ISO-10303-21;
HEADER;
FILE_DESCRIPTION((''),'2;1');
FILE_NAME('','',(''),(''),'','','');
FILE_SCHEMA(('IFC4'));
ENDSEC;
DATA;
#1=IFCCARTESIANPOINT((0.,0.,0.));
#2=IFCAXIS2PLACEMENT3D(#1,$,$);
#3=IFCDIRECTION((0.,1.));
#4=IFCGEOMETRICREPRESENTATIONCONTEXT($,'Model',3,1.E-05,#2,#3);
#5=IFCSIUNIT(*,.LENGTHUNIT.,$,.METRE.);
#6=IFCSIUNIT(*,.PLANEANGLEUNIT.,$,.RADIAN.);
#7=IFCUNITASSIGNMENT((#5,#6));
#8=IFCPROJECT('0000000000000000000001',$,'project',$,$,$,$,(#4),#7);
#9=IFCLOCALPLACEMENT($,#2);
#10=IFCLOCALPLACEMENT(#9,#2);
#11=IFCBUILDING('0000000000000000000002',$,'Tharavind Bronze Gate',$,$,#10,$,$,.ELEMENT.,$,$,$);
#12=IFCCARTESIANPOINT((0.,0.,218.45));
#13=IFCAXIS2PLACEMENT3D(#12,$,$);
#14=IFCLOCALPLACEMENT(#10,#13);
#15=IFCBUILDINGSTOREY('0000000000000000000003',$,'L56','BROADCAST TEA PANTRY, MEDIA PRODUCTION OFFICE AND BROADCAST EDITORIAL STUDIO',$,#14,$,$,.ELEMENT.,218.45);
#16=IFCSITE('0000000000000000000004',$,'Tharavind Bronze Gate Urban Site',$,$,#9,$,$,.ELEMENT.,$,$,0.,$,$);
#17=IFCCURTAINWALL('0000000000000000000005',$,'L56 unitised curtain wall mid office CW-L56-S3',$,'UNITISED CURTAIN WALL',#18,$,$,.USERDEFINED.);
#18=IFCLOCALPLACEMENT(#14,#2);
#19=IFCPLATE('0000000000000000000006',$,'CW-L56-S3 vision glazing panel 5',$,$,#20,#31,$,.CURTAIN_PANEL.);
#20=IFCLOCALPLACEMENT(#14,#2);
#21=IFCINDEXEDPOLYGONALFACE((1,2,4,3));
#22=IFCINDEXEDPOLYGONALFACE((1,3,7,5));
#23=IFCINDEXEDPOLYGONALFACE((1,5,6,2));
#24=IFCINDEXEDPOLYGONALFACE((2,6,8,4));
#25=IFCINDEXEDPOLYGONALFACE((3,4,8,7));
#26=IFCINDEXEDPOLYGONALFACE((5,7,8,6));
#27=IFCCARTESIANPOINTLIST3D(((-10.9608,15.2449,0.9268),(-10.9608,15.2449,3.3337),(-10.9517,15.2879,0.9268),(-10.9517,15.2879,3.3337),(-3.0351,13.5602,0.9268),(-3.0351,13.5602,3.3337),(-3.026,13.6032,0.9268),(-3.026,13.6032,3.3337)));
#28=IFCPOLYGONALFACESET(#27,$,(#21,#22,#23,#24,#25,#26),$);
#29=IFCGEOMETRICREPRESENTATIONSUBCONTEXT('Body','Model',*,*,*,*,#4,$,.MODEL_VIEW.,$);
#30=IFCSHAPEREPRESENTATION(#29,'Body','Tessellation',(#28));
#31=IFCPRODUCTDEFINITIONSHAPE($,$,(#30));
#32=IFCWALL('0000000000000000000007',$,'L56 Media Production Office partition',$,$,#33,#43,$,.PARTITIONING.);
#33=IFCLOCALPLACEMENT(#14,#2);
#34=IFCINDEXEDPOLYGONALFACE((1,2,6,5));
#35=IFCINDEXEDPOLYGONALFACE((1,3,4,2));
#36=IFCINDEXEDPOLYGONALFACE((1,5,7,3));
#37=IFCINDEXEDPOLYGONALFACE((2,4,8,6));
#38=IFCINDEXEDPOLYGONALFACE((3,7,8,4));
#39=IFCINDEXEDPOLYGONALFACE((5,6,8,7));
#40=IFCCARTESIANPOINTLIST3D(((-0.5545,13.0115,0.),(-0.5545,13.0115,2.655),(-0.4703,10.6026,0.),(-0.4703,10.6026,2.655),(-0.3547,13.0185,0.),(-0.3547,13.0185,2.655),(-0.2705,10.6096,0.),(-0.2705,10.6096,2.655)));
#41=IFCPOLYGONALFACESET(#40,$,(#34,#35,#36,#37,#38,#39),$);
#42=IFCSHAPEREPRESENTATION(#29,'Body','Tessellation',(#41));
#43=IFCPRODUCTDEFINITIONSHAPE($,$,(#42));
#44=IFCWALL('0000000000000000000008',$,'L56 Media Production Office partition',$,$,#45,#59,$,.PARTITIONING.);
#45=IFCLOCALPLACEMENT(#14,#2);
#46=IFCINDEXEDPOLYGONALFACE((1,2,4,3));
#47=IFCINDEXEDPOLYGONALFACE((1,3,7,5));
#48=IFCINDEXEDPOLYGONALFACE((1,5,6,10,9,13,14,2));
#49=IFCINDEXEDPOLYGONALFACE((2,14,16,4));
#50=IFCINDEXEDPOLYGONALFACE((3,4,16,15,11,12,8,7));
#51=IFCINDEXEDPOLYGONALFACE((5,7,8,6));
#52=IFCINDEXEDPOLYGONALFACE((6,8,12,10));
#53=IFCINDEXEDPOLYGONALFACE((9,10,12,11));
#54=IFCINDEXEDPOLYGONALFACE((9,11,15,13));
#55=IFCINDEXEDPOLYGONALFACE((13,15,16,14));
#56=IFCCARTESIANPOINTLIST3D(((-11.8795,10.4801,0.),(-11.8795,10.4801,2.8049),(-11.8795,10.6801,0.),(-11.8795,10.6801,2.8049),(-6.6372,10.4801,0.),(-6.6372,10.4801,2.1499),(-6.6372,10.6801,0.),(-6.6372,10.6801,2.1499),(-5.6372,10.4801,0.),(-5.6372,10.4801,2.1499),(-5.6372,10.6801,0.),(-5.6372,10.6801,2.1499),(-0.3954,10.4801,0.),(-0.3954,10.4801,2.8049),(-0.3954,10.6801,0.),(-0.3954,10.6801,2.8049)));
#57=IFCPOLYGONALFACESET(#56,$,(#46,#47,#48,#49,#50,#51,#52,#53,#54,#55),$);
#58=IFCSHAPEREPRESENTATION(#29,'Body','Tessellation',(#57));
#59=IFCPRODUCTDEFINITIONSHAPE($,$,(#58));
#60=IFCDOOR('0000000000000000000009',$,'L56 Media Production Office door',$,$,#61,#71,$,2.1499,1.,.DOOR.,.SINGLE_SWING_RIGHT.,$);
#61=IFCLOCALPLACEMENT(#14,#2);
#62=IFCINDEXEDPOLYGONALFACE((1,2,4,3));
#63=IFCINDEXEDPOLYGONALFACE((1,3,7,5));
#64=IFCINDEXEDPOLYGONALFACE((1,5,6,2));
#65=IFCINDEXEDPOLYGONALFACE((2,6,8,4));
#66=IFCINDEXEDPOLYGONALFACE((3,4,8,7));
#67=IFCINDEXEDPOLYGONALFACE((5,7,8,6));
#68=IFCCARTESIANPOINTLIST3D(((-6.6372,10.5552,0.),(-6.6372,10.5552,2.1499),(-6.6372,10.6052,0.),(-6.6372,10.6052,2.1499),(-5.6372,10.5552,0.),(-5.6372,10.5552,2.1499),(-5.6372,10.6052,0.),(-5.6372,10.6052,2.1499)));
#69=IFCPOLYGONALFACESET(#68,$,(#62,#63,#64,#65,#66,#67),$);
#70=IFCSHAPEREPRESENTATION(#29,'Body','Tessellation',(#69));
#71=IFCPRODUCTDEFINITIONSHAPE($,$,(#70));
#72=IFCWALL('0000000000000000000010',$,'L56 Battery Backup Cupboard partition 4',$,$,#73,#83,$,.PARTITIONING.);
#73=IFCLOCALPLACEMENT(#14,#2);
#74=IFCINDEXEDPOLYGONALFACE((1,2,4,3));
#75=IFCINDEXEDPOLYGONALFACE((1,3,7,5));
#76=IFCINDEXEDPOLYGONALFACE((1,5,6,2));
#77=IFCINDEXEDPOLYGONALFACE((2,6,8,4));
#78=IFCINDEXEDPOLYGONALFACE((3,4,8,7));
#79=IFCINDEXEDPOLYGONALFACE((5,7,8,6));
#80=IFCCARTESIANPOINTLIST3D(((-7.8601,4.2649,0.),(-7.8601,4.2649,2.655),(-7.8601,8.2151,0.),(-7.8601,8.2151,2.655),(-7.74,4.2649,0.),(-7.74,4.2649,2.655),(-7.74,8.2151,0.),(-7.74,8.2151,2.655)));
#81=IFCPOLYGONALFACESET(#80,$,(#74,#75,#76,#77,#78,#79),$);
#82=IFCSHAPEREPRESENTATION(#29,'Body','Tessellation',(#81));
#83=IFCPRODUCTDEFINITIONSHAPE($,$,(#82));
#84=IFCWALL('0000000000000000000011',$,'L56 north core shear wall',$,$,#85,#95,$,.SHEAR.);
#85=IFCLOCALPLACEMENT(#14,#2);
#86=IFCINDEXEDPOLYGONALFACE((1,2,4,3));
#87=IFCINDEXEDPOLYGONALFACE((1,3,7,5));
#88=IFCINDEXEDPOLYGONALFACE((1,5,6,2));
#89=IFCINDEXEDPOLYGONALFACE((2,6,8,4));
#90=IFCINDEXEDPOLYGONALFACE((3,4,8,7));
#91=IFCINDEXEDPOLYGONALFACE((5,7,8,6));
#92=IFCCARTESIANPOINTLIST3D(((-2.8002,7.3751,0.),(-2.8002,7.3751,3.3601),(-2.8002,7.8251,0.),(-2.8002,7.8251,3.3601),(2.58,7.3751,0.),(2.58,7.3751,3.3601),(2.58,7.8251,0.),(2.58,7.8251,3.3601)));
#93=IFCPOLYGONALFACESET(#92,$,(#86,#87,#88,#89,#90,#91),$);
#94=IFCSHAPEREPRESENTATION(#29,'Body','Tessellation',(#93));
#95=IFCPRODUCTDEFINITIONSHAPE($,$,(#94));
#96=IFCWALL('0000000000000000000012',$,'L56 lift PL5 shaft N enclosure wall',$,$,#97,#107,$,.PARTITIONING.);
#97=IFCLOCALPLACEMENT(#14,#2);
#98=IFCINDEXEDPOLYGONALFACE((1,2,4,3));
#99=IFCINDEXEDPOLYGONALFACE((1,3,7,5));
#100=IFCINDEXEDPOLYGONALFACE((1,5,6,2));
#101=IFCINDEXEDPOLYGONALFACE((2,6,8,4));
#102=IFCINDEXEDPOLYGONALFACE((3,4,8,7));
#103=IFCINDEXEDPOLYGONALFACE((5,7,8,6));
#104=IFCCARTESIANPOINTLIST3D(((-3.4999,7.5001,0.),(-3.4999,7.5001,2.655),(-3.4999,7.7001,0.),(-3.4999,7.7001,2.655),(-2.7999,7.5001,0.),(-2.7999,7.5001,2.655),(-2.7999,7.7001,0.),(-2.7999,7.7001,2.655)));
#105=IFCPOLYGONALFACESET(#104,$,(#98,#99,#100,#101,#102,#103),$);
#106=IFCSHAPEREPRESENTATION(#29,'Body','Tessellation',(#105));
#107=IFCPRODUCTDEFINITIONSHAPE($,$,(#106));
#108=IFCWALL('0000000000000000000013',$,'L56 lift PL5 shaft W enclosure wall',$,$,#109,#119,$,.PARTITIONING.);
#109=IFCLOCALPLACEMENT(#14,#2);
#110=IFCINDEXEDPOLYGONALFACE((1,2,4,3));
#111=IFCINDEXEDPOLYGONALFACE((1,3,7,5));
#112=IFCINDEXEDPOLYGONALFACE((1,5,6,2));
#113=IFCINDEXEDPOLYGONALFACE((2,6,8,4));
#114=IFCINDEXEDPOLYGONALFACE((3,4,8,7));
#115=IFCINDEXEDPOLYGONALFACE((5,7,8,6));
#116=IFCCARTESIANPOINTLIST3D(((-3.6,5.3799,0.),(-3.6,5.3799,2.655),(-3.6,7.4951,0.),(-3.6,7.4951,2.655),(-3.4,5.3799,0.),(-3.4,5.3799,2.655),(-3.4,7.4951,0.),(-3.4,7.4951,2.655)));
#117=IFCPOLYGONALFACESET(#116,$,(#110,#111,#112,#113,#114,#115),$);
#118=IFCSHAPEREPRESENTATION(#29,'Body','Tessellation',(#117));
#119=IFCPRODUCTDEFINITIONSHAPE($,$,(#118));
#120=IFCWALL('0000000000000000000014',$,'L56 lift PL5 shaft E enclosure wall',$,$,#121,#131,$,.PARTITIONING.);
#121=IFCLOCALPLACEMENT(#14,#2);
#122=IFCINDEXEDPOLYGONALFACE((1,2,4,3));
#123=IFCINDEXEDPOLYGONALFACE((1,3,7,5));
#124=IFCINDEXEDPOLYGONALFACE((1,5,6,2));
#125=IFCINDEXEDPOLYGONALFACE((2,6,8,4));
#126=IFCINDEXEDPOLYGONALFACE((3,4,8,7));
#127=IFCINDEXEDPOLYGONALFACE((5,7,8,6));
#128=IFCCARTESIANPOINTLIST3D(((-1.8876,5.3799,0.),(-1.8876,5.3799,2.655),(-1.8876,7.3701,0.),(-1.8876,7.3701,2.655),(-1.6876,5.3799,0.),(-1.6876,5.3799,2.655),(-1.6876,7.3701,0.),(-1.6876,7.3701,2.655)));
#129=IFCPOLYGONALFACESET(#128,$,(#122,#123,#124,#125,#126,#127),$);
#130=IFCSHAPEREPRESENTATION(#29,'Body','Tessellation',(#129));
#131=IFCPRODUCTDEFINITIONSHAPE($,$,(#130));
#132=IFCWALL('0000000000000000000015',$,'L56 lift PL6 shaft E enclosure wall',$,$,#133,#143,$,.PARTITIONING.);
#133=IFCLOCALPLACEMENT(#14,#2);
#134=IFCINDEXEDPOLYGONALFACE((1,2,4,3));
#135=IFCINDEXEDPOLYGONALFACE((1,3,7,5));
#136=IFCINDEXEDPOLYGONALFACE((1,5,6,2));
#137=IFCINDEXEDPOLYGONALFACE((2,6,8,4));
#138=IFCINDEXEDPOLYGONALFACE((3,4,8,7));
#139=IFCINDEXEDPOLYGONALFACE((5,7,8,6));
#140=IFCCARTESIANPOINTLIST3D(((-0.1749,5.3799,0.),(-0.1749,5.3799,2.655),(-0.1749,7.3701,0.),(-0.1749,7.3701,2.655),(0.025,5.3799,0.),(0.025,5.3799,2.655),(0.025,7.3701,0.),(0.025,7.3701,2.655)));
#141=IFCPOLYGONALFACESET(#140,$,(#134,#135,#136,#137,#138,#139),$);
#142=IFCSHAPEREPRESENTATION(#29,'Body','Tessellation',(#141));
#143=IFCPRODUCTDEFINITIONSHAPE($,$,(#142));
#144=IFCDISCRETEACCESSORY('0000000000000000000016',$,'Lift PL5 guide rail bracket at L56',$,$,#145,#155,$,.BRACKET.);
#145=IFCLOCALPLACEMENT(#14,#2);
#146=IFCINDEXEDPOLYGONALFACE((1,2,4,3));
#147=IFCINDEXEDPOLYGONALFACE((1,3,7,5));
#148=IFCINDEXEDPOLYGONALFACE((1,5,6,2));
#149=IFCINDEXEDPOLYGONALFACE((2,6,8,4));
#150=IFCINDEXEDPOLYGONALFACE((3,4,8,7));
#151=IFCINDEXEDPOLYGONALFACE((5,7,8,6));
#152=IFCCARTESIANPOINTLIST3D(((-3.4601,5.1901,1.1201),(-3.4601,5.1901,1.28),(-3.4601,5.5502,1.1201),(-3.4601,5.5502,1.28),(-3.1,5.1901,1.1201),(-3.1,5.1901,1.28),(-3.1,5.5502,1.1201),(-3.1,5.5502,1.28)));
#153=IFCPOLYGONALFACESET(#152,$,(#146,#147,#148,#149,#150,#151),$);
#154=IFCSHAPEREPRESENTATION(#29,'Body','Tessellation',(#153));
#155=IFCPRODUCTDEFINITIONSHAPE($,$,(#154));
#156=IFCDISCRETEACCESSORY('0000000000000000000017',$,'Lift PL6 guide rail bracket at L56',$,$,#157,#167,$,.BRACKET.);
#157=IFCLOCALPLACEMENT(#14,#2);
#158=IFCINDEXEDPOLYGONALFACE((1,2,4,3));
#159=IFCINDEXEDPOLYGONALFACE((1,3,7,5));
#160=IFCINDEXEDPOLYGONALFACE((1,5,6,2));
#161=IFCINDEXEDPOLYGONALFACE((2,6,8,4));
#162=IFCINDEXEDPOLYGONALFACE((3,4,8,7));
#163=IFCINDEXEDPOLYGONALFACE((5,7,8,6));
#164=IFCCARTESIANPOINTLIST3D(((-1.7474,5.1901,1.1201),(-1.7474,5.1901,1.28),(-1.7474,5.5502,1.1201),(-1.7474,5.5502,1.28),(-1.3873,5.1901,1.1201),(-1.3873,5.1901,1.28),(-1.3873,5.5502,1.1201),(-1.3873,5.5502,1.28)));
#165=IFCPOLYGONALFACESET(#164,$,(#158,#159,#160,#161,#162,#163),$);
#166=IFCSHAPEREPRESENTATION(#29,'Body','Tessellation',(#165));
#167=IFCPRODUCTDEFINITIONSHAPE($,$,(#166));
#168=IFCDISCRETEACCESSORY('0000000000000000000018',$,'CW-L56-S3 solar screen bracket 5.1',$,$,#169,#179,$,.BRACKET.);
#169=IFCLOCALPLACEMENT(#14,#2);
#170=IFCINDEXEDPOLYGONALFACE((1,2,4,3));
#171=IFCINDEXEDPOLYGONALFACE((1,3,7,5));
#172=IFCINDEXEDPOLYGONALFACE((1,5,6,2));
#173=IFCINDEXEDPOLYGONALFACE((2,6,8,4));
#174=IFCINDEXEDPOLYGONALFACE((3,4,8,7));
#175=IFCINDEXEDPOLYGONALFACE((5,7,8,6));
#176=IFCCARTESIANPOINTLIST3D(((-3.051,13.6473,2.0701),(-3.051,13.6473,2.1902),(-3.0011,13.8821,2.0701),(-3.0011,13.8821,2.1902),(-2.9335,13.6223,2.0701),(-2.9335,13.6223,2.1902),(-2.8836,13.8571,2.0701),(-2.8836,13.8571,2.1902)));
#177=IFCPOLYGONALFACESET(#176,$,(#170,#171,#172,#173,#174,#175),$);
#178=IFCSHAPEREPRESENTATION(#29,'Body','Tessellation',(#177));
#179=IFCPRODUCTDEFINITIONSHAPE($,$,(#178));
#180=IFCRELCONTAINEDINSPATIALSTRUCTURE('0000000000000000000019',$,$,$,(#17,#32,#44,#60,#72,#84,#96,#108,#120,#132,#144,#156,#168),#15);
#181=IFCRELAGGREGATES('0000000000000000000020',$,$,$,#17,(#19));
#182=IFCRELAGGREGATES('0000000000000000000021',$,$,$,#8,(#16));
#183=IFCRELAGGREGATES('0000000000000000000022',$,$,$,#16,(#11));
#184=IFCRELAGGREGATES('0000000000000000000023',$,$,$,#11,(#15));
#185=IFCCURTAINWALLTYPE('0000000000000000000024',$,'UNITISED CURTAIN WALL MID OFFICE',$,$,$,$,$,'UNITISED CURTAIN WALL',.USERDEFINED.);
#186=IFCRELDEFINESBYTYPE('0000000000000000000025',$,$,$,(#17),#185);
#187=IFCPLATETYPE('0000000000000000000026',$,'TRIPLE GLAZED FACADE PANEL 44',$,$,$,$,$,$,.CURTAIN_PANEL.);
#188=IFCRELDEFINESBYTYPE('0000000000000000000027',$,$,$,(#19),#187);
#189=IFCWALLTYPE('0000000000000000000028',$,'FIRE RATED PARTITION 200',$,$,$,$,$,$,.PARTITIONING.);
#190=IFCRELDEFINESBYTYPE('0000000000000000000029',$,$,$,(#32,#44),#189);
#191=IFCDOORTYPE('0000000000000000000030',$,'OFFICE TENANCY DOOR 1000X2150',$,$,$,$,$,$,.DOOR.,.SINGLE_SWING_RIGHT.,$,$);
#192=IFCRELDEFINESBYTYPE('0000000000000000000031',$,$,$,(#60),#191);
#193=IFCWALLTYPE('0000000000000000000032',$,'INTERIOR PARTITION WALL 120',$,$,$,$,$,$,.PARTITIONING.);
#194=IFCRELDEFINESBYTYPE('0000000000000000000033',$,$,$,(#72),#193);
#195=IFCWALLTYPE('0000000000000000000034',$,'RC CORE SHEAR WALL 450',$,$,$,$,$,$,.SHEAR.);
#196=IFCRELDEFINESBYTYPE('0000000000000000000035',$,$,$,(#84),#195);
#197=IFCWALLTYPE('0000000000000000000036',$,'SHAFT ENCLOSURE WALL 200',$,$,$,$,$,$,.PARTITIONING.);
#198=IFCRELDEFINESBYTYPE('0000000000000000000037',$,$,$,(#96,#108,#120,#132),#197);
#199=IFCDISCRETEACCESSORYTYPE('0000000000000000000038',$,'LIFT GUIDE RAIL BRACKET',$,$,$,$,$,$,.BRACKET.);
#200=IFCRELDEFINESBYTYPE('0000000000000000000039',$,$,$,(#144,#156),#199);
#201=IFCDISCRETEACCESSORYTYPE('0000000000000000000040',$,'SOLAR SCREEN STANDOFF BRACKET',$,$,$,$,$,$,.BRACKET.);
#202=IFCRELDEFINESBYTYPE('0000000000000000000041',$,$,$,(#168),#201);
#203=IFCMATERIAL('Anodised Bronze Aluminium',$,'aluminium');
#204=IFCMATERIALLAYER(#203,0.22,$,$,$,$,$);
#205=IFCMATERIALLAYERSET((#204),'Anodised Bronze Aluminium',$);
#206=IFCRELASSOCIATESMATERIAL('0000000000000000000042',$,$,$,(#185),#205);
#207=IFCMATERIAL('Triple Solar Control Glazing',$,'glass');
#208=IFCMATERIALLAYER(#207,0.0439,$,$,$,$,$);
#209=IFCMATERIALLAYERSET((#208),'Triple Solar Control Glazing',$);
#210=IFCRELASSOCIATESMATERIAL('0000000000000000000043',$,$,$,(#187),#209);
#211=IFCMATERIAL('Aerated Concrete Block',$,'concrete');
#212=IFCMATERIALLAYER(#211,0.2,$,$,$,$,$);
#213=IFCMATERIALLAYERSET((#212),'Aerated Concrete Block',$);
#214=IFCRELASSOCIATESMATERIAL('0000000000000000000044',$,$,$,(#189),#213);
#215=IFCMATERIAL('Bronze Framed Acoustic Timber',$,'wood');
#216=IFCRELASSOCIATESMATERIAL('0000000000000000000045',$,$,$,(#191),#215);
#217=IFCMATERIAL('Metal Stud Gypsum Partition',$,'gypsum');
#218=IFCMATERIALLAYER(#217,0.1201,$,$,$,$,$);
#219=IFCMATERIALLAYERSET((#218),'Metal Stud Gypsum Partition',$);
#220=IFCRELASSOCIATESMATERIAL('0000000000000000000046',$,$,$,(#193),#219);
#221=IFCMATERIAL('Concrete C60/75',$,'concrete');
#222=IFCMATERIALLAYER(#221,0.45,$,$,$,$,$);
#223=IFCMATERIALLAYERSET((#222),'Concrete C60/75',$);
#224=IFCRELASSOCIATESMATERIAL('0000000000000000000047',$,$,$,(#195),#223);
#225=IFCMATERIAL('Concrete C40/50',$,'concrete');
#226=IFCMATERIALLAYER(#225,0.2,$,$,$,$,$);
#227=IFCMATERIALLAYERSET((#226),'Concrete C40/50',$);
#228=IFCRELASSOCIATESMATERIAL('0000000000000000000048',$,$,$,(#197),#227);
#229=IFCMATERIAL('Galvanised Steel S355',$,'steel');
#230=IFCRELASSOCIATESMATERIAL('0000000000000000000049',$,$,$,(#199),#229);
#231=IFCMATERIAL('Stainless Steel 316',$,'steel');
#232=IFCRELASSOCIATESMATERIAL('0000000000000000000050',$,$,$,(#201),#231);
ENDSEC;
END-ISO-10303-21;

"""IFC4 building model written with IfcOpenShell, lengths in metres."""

from ifc_helpers import new_model, si_unit, direction, frame, frame_2d, origin, origin_2d, place, context, subcontext, project, spatial, rectangle, extrude, material, layer, layer_set, type_object, element, fill, aggregate, save


model = new_model("IFC4")

# Units and contexts
model_context = context("Model", 3, precision=1e-05, world=origin(), true_north=direction((0.0, 1.0)))
body_context = subcontext(model_context, "Body", "Model", "MODEL_VIEW")
ifc_project = project(units=[si_unit("LENGTHUNIT", "METRE"), si_unit("PLANEANGLEUNIT", "RADIAN")], contexts=[model_context])

# Site, building, storey
site_placement = place(None, origin())
site = spatial("IfcSite", under=ifc_project, at=site_placement, Name="Tharavind Bronze Gate Urban Site", CompositionType="ELEMENT", RefElevation=0.0)
building_placement = place(site_placement, origin())
building = spatial("IfcBuilding", under=site, at=building_placement, Name="Tharavind Bronze Gate", CompositionType="ELEMENT")
storey_placement = place(building_placement, frame((0.0, 0.0, 218.45)))
storey = spatial("IfcBuildingStorey", under=building, at=storey_placement, Name="L56", Description="BROADCAST TEA PANTRY, MEDIA PRODUCTION OFFICE AND BROADCAST EDITORIAL STUDIO", CompositionType="ELEMENT", Elevation=218.45)

# Curtain wall
ifc_material_1 = material(Name="Anodised Bronze Aluminium", Category="aluminium")
ifc_layer_1 = layer(ifc_material_1, 0.22)
ifc_layer_set_1 = layer_set([ifc_layer_1], Name="Anodised Bronze Aluminium")
curtain_wall_type = type_object("IfcCurtainWallType", Name="UNITISED CURTAIN WALL MID OFFICE", ElementType="UNITISED CURTAIN WALL", PredefinedType="USERDEFINED", material=ifc_layer_set_1)
curtain_wall_placement = place(storey_placement, origin())
curtain_wall = element("IfcCurtainWall", 1, at=curtain_wall_placement, inside=storey, type_object=curtain_wall_type, Name="L56 unitised curtain wall mid office CW-L56-S3", ObjectType="UNITISED CURTAIN WALL", PredefinedType="USERDEFINED")

# Plate
ifc_material_2 = material(Name="Triple Solar Control Glazing", Category="glass")
ifc_layer_2 = layer(ifc_material_2, 0.0439)
ifc_layer_set_2 = layer_set([ifc_layer_2], Name="Triple Solar Control Glazing")
plate_type_1 = type_object("IfcPlateType", Name="TRIPLE GLAZED FACADE PANEL 44", PredefinedType="CURTAIN_PANEL", material=ifc_layer_set_2)
plate_1_placement = place(storey_placement, frame((-6.9934, 14.4241, 0.9268), z_axis=(0.0, 0.0, 1.0), x_axis=(-0.978148, 0.207912, 0.0)))
plate_1 = element("IfcPlate", 2, at=plate_1_placement, type_object=plate_type_1, Name="CW-L56-S3 vision glazing panel 5", PredefinedType="CURTAIN_PANEL", context=body_context, shape_type="SweptSolid", body=[
    extrude(rectangle(XDim=8.1028, YDim=0.0439, at=origin_2d()), origin(), (0.0, 0.0, 1.0), 2.407),
])
aggregate(curtain_wall, [plate_1])

# Wall
ifc_material_3 = material(Name="Aerated Concrete Block", Category="concrete")
ifc_layer_3 = layer(ifc_material_3, 0.2)
ifc_layer_set_3 = layer_set([ifc_layer_3], Name="Aerated Concrete Block")
wall_type_1 = type_object("IfcWallType", Name="FIRE RATED PARTITION 200", PredefinedType="PARTITIONING", material=ifc_layer_set_3)
wall_1_placement = place(storey_placement, frame((-0.4546, 13.0149, 0.0), z_axis=(0.0, 0.0, 1.0), x_axis=(0.034944, -0.999389, 0.0)))
element("IfcWall", 3, at=wall_1_placement, inside=storey, type_object=wall_type_1, Name="L56 Media Production Office partition", PredefinedType="PARTITIONING", context=body_context, shape_type="SweptSolid", body=[
    extrude(rectangle(XDim=2.4104, YDim=0.2, at=frame_2d((1.2051, 0.0))), origin(), (0.0, 0.0, 1.0), 2.655),
])

# Wall, opening, door
wall_2_placement = place(storey_placement, frame((-0.3953, 10.5801, 0.0), z_axis=(0.0, 0.0, 1.0), x_axis=(-1.0, 0.0, 0.0)))
wall_2 = element("IfcWall", 4, at=wall_2_placement, inside=storey, type_object=wall_type_1, Name="L56 Media Production Office partition", PredefinedType="PARTITIONING", context=body_context, shape_type="SweptSolid", body=[
    extrude(rectangle(XDim=11.4841, YDim=0.2, at=frame_2d((5.7422, 0.0))), origin(), (0.0, 0.0, 1.0), 2.8049),
])
opening_placement = place(wall_2_placement, frame((5.2419, 0.0, 0.0)))
opening = element("IfcOpeningElement", 5, at=opening_placement, cuts=wall_2, PredefinedType="OPENING", context=body_context, shape_type="SweptSolid", body=[
    extrude(rectangle(XDim=1.0, YDim=2.1499, at=frame_2d((0.5, 1.075))), frame((0.0, 0.1101, 0.0), z_axis=(0.0, -1.0, 0.0), x_axis=(1.0, 0.0, 0.0)), (0.0, 0.0, 1.0), 0.22),
])
ifc_material_4 = material(Name="Bronze Framed Acoustic Timber", Category="wood")
door_type = type_object("IfcDoorType", Name="OFFICE TENANCY DOOR 1000X2150", OperationType="SINGLE_SWING_RIGHT", PredefinedType="DOOR", material=ifc_material_4)
door_placement = place(opening_placement, origin())
door = element("IfcDoor", 6, at=door_placement, inside=storey, type_object=door_type, Name="L56 Media Production Office door", OperationType="SINGLE_SWING_RIGHT", OverallHeight=2.1499, OverallWidth=1.0, PredefinedType="DOOR", context=body_context, shape_type="SweptSolid", body=[
    extrude(rectangle(XDim=1.0, YDim=2.1499, at=frame_2d((0.5, 1.075))), frame((0.0, 0.0249, 0.0), z_axis=(0.0, -1.0, 0.0), x_axis=(1.0, 0.0, 0.0)), (0.0, 0.0, 1.0), 0.05),
])
fill(opening, door)

# Walls
ifc_material_5 = material(Name="Metal Stud Gypsum Partition", Category="gypsum")
ifc_layer_4 = layer(ifc_material_5, 0.1201)
ifc_layer_set_4 = layer_set([ifc_layer_4], Name="Metal Stud Gypsum Partition")
wall_type_2 = type_object("IfcWallType", Name="INTERIOR PARTITION WALL 120", PredefinedType="PARTITIONING", material=ifc_layer_set_4)
wall_3_placement = place(storey_placement, frame((-7.8, 8.2151, 0.0), z_axis=(0.0, 0.0, 1.0), x_axis=(0.0, -1.0, 0.0)))
element("IfcWall", 7, at=wall_3_placement, inside=storey, type_object=wall_type_2, Name="L56 Battery Backup Cupboard partition 4", PredefinedType="PARTITIONING", context=body_context, shape_type="SweptSolid", body=[
    extrude(rectangle(XDim=3.9502, YDim=0.1201, at=frame_2d((1.9751, 0.0))), origin(), (0.0, 0.0, 1.0), 2.655),
])
ifc_material_6 = material(Name="Concrete C60/75", Category="concrete")
ifc_layer_5 = layer(ifc_material_6, 0.45)
ifc_layer_set_5 = layer_set([ifc_layer_5], Name="Concrete C60/75")
wall_type_3 = type_object("IfcWallType", Name="RC CORE SHEAR WALL 450", PredefinedType="SHEAR", material=ifc_layer_set_5)
wall_4_placement = place(storey_placement, frame((-2.8, 7.6001, 0.0), z_axis=(0.0, 0.0, 1.0), x_axis=(1.0, 0.0, 0.0)))
element("IfcWall", 8, at=wall_4_placement, inside=storey, type_object=wall_type_3, Name="L56 north core shear wall", PredefinedType="SHEAR", context=body_context, shape_type="SweptSolid", body=[
    extrude(rectangle(XDim=5.3801, YDim=0.45, at=frame_2d((2.6899, 0.0))), origin(), (0.0, 0.0, 1.0), 3.3601),
])
ifc_material_7 = material(Name="Concrete C40/50", Category="concrete")
ifc_layer_6 = layer(ifc_material_7, 0.2)
ifc_layer_set_6 = layer_set([ifc_layer_6], Name="Concrete C40/50")
wall_type_4 = type_object("IfcWallType", Name="SHAFT ENCLOSURE WALL 200", PredefinedType="PARTITIONING", material=ifc_layer_set_6)
wall_5_placement = place(storey_placement, frame((-3.5, 7.6001, 0.0), z_axis=(0.0, 0.0, 1.0), x_axis=(1.0, 0.0, 0.0)))
element("IfcWall", 9, at=wall_5_placement, inside=storey, type_object=wall_type_4, Name="L56 lift PL5 shaft N enclosure wall", PredefinedType="PARTITIONING", context=body_context, shape_type="SweptSolid", body=[
    extrude(rectangle(XDim=0.7, YDim=0.2, at=frame_2d((0.3501, 0.0))), origin(), (0.0, 0.0, 1.0), 2.655),
])
wall_6_placement = place(storey_placement, frame((-3.5, 5.3799, 0.0), z_axis=(0.0, 0.0, 1.0), x_axis=(0.0, 1.0, 0.0)))
element("IfcWall", 10, at=wall_6_placement, inside=storey, type_object=wall_type_4, Name="L56 lift PL5 shaft W enclosure wall", PredefinedType="PARTITIONING", context=body_context, shape_type="SweptSolid", body=[
    extrude(rectangle(XDim=2.1152, YDim=0.2, at=frame_2d((1.0576, 0.0))), origin(), (0.0, 0.0, 1.0), 2.655),
])
for number, where, z_axis, x_axis, name in (
    (11, (-1.7876, 5.3799, 0.0), (0.0, 0.0, 1.0), (0.0, 1.0, 0.0), "L56 lift PL5 shaft E enclosure wall"),
    (12, (-0.075, 5.3799, 0.0), (0.0, 0.0, 1.0), (0.0, 1.0, 0.0), "L56 lift PL6 shaft E enclosure wall"),
):
    element("IfcWall", number, at=place(storey_placement, frame(where, z_axis=z_axis, x_axis=x_axis)), inside=storey, type_object=wall_type_4, Name=name, PredefinedType="PARTITIONING", context=body_context, shape_type="SweptSolid", body=[
        extrude(rectangle(XDim=1.9902, YDim=0.2, at=frame_2d((0.9951, 0.0))), origin(), (0.0, 0.0, 1.0), 2.655),
    ])

# Discrete accessories
ifc_material_8 = material(Name="Galvanised Steel S355", Category="steel")
discrete_accessory_type_1 = type_object("IfcDiscreteAccessoryType", Name="LIFT GUIDE RAIL BRACKET", PredefinedType="BRACKET", material=ifc_material_8)
for number, where, z_axis, x_axis, name in (
    (13, (-3.28, 5.3701, 1.1201), (0.0, 0.0, 1.0), (1.0, 0.0, 0.0), "Lift PL5 guide rail bracket at L56"),
    (14, (-1.5674, 5.3701, 1.1201), (0.0, 0.0, 1.0), (1.0, 0.0, 0.0), "Lift PL6 guide rail bracket at L56"),
):
    element("IfcDiscreteAccessory", number, at=place(storey_placement, frame(where, z_axis=z_axis, x_axis=x_axis)), inside=storey, type_object=discrete_accessory_type_1, Name=name, PredefinedType="BRACKET", context=body_context, shape_type="SweptSolid", body=[
        extrude(rectangle(XDim=0.3601, YDim=0.3601, at=origin_2d()), origin(), (0.0, 0.0, 1.0), 0.1599),
    ])
ifc_material_9 = material(Name="Stainless Steel 316", Category="steel")
discrete_accessory_type_2 = type_object("IfcDiscreteAccessoryType", Name="SOLAR SCREEN STANDOFF BRACKET", PredefinedType="BRACKET", material=ifc_material_9)
discrete_accessory_placement = place(storey_placement, frame((-2.9673, 13.7522, 2.0701), z_axis=(0.0, 0.0, 1.0), x_axis=(-0.978148, 0.207912, 0.0)))
element("IfcDiscreteAccessory", 15, at=discrete_accessory_placement, inside=storey, type_object=discrete_accessory_type_2, Name="CW-L56-S3 solar screen bracket 5.1", PredefinedType="BRACKET", context=body_context, shape_type="SweptSolid", body=[
    extrude(rectangle(XDim=0.1201, YDim=0.24, at=origin_2d()), origin(), (0.0, 0.0, 1.0), 0.1201),
])

save(model, "model.ifc")
